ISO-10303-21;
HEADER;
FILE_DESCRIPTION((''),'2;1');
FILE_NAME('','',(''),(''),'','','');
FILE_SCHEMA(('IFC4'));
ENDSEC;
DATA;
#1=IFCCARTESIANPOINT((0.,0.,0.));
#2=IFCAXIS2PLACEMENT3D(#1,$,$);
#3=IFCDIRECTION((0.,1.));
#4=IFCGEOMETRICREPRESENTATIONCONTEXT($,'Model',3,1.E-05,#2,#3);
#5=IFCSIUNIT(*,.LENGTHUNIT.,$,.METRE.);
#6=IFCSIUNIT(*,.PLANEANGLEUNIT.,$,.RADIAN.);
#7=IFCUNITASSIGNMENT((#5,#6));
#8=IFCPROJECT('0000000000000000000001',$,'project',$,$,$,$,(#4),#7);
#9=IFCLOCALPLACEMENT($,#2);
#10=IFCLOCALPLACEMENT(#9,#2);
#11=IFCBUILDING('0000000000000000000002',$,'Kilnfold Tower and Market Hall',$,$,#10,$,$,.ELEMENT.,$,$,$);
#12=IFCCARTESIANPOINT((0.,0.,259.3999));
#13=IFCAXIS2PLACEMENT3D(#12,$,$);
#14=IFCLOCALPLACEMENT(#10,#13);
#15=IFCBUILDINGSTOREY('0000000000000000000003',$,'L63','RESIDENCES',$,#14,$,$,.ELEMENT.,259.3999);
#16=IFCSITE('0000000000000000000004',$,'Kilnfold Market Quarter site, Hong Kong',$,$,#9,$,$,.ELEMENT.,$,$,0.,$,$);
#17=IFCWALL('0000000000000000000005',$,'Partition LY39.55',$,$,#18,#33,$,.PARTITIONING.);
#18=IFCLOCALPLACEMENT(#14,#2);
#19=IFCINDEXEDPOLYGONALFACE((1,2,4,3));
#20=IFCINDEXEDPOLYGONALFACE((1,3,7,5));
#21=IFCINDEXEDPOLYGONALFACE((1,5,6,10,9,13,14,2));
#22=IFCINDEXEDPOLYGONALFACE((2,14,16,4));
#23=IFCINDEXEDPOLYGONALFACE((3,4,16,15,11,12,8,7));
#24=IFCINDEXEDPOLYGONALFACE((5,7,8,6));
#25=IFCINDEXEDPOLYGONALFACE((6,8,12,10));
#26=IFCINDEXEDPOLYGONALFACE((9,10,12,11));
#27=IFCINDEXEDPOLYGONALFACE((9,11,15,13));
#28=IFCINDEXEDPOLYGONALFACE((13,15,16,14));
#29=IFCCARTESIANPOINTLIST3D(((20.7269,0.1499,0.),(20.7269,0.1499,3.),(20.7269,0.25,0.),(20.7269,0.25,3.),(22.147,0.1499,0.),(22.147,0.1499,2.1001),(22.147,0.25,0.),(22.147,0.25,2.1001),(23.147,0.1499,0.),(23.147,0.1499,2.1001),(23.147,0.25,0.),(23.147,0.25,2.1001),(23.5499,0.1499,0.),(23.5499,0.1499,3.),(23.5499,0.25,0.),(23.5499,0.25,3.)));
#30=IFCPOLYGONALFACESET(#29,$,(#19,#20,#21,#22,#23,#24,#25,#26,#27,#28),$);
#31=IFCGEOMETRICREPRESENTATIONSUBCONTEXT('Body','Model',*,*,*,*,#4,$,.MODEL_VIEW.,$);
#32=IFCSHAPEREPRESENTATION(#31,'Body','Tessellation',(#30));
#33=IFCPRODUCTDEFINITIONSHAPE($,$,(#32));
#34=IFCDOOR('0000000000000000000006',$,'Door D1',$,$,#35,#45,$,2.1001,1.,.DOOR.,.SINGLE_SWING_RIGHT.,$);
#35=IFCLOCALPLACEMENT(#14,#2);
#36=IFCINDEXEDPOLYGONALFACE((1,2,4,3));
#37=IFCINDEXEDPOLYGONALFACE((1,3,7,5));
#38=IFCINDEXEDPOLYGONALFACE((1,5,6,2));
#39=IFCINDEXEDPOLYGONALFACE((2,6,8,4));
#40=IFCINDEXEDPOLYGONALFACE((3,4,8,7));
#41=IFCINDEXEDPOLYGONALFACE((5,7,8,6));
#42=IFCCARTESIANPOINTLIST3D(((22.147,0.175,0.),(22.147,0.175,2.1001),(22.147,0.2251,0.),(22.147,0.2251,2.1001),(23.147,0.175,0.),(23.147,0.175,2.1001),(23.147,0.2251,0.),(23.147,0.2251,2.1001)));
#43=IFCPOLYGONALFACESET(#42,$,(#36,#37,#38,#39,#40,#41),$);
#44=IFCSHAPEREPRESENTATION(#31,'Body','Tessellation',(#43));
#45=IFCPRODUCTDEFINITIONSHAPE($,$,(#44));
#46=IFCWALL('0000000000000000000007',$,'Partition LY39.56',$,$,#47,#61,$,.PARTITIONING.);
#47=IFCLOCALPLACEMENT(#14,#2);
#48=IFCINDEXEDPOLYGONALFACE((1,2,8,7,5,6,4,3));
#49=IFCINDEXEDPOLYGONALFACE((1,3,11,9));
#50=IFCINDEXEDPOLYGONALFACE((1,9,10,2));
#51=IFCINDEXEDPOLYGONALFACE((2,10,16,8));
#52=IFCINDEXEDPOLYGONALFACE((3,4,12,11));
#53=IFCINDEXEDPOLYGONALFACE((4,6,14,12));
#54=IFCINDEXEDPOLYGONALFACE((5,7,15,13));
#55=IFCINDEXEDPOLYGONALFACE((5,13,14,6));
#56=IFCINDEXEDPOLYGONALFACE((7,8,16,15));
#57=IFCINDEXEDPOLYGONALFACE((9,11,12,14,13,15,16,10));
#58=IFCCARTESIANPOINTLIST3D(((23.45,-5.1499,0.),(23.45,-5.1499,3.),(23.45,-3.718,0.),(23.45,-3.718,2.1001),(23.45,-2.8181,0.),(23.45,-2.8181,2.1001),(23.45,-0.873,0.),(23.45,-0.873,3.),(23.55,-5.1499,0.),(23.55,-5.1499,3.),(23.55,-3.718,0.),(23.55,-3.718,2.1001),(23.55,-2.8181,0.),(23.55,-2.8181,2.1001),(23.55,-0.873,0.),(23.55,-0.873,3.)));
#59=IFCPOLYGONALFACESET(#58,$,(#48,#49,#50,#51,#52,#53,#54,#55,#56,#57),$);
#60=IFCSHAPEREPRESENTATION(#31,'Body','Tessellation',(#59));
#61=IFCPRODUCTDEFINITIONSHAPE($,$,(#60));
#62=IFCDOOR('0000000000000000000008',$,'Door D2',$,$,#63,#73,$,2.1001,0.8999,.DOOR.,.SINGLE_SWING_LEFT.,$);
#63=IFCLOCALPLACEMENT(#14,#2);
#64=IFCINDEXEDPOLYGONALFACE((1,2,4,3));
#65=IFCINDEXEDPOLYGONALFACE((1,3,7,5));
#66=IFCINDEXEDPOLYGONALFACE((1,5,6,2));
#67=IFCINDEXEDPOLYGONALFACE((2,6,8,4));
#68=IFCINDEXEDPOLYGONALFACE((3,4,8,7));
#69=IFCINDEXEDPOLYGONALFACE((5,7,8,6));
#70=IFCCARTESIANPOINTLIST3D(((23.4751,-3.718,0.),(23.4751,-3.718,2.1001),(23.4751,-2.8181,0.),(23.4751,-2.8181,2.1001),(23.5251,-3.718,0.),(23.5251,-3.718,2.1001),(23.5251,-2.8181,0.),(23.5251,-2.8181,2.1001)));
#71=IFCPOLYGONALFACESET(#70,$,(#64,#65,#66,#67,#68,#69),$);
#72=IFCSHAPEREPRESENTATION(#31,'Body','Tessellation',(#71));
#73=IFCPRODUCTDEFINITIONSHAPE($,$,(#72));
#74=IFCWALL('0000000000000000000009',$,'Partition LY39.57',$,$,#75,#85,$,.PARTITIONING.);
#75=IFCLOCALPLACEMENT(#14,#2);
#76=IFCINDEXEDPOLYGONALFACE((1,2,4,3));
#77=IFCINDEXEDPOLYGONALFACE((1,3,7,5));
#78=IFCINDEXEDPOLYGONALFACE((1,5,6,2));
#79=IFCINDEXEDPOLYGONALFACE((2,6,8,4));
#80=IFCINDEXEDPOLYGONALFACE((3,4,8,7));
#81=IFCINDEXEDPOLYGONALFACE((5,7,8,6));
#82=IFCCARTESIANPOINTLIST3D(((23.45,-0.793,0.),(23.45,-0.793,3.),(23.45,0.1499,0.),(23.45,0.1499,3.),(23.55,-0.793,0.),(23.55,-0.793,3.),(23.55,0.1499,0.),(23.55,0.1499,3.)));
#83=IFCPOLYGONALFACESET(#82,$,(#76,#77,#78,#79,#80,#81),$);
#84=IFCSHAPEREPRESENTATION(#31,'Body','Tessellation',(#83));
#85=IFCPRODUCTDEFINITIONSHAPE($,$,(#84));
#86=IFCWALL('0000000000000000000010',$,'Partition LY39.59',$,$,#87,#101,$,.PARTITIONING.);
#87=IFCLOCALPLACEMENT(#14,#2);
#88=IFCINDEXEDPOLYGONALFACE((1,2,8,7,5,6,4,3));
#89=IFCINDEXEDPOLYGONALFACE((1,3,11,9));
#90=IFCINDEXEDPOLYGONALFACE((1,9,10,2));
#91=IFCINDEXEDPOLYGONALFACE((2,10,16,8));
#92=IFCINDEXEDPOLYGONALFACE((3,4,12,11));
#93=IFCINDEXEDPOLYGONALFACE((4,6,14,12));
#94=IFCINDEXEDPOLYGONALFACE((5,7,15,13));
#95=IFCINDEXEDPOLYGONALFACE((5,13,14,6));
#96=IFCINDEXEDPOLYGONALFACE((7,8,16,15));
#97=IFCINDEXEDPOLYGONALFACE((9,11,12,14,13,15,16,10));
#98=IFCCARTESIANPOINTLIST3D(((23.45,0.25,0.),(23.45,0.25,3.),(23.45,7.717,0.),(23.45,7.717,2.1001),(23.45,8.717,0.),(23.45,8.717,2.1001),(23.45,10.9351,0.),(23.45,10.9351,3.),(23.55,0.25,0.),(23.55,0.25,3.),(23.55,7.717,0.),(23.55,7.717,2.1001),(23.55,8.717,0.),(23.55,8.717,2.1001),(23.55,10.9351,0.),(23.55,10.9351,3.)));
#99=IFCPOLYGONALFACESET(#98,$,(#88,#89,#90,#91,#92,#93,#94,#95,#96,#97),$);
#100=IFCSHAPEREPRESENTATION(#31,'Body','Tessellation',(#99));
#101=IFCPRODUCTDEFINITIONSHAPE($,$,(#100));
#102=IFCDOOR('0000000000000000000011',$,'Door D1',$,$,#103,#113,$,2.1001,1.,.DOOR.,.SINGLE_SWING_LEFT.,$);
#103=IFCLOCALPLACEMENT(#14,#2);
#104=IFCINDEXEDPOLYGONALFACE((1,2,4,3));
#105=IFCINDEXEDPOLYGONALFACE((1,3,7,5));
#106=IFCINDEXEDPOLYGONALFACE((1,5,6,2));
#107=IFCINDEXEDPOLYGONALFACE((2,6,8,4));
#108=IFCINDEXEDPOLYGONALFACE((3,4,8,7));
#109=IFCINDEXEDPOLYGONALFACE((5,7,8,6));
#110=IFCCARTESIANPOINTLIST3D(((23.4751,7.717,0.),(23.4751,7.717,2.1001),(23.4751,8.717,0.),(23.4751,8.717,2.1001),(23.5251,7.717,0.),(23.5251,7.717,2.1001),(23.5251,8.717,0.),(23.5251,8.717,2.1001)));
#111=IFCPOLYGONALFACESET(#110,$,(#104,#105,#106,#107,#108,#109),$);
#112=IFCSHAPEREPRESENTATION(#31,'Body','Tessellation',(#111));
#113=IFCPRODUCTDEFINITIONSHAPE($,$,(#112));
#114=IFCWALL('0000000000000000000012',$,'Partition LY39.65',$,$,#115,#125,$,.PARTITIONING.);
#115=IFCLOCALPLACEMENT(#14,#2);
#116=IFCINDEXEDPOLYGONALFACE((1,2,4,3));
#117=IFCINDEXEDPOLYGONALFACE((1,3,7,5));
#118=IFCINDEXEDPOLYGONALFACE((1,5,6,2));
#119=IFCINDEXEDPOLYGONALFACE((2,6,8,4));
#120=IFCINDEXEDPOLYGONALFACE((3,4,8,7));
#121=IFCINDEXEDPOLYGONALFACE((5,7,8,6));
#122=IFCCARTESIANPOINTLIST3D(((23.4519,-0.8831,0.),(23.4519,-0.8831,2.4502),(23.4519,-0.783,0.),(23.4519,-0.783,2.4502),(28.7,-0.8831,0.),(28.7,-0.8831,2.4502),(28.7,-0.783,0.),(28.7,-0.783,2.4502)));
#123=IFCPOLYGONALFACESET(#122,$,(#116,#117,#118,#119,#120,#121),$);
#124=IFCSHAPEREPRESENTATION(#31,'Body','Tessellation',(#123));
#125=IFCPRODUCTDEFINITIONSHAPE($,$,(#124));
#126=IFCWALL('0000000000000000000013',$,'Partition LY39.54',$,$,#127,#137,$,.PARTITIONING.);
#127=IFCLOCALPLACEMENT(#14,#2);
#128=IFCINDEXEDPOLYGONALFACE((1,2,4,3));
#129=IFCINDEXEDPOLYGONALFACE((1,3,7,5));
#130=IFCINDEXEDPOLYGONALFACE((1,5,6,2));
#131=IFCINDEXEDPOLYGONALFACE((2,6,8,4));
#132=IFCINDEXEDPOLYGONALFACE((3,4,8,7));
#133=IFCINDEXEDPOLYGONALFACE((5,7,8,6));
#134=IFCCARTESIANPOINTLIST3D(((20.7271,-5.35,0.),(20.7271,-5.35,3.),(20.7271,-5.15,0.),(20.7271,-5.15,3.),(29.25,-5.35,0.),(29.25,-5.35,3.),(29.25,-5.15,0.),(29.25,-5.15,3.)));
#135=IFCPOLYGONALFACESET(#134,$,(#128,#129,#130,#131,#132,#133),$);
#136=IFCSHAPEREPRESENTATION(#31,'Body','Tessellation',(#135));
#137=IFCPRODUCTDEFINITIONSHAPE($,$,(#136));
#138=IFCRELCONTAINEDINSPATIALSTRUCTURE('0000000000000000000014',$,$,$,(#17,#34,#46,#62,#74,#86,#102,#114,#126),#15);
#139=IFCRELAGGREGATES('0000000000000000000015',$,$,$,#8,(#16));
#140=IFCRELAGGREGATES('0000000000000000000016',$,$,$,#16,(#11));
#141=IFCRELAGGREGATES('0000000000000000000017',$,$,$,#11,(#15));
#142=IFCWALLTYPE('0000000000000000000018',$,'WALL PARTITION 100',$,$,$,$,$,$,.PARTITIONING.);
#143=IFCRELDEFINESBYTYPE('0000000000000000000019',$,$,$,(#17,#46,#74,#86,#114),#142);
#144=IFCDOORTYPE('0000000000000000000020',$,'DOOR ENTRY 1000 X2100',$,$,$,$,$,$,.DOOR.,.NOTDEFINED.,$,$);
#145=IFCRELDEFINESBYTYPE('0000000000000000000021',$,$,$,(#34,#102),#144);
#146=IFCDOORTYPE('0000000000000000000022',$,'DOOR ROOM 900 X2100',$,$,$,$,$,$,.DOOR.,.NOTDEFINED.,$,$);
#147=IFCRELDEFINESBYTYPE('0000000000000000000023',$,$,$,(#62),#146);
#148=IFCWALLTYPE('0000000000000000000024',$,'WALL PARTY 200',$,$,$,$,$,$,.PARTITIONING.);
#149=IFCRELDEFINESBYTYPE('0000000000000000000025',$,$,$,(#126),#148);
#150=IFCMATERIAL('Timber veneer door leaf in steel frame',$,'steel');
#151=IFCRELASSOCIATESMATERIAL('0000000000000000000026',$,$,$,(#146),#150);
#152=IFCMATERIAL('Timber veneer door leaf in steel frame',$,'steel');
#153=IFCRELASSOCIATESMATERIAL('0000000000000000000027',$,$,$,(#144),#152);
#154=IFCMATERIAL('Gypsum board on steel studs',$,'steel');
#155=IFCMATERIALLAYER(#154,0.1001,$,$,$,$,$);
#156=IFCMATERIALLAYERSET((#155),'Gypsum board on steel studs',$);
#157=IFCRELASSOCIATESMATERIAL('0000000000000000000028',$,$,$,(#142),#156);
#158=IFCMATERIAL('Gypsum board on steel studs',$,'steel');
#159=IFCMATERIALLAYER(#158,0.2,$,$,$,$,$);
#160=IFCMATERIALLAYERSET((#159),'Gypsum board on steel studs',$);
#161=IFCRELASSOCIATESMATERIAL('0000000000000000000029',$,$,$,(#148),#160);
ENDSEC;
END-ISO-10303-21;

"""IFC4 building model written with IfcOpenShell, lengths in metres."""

from ifc_helpers import new_model, si_unit, direction, frame, frame_2d, origin, place, context, subcontext, project, spatial, rectangle, extrude, material, layer, layer_set, type_object, element, fill, save


model = new_model("IFC4")

# Units and contexts
model_context = context("Model", 3, precision=1e-05, world=origin(), true_north=direction((0.0, 1.0)))
body_context = subcontext(model_context, "Body", "Model", "MODEL_VIEW")
ifc_project = project(units=[si_unit("LENGTHUNIT", "METRE"), si_unit("PLANEANGLEUNIT", "RADIAN")], contexts=[model_context])

# Site, building, storey
site_placement = place(None, origin())
site = spatial("IfcSite", under=ifc_project, at=site_placement, Name="Kilnfold Market Quarter site, Hong Kong", CompositionType="ELEMENT", RefElevation=0.0)
building_placement = place(site_placement, origin())
building = spatial("IfcBuilding", under=site, at=building_placement, Name="Kilnfold Tower and Market Hall", CompositionType="ELEMENT")
storey_placement = place(building_placement, frame((0.0, 0.0, 259.3999)))
storey = spatial("IfcBuildingStorey", under=building, at=storey_placement, Name="L63", Description="RESIDENCES", CompositionType="ELEMENT", Elevation=259.3999)

# Shared definitions
ifc_material_1 = material(Name="Timber veneer door leaf in steel frame", Category="steel")
door_type_1 = type_object("IfcDoorType", Name="DOOR ROOM 900 X2100", OperationType="NOTDEFINED", PredefinedType="DOOR", material=ifc_material_1)

# Shared definitions
ifc_material_2 = material(Name="Timber veneer door leaf in steel frame", Category="steel")
door_type_2 = type_object("IfcDoorType", Name="DOOR ENTRY 1000 X2100", OperationType="NOTDEFINED", PredefinedType="DOOR", material=ifc_material_2)

# Walls, openings, doors
ifc_material_3 = material(Name="Gypsum board on steel studs", Category="steel")
ifc_layer_1 = layer(ifc_material_3, 0.1001)
ifc_layer_set_1 = layer_set([ifc_layer_1], Name="Gypsum board on steel studs")
wall_type_1 = type_object("IfcWallType", Name="WALL PARTITION 100", PredefinedType="PARTITIONING", material=ifc_layer_set_1)
wall_1_placement = place(storey_placement, frame((23.55, 0.2, 0.0), z_axis=(0.0, 0.0, 1.0), x_axis=(-1.0, 0.0, 0.0)))
wall_1 = element("IfcWall", 1, at=wall_1_placement, inside=storey, type_object=wall_type_1, Name="Partition LY39.55", PredefinedType="PARTITIONING", context=body_context, shape_type="SweptSolid", body=[
    extrude(rectangle(XDim=2.823, YDim=0.1001, at=frame_2d((1.4116, 0.0))), origin(), (0.0, 0.0, 1.0), 3.0),
])
opening_1_placement = place(wall_1_placement, frame((0.4031, 0.0, 0.0)))
opening_1 = element("IfcOpeningElement", 2, at=opening_1_placement, cuts=wall_1, PredefinedType="OPENING", context=body_context, shape_type="SweptSolid", body=[
    extrude(rectangle(XDim=1.0, YDim=2.1001, at=frame_2d((0.5, 1.05))), frame((0.0, 0.0601, 0.0), z_axis=(0.0, -1.0, 0.0), x_axis=(1.0, 0.0, 0.0)), (0.0, 0.0, 1.0), 0.1201),
])
door_1_placement = place(opening_1_placement, origin())
door_1 = element("IfcDoor", 3, at=door_1_placement, inside=storey, type_object=door_type_2, Name="Door D1", OperationType="SINGLE_SWING_RIGHT", OverallHeight=2.1001, OverallWidth=1.0, PredefinedType="DOOR", context=body_context, shape_type="SweptSolid", body=[
    extrude(rectangle(XDim=1.0, YDim=2.1001, at=frame_2d((0.5, 1.05))), frame((0.0, 0.0249, 0.0), z_axis=(0.0, -1.0, 0.0), x_axis=(1.0, 0.0, 0.0)), (0.0, 0.0, 1.0), 0.05),
])
fill(opening_1, door_1)
wall_2_placement = place(storey_placement, frame((23.5, -5.1499, 0.0), z_axis=(0.0, 0.0, 1.0), x_axis=(0.0, 1.0, 0.0)))
wall_2 = element("IfcWall", 4, at=wall_2_placement, inside=storey, type_object=wall_type_1, Name="Partition LY39.56", PredefinedType="PARTITIONING", context=body_context, shape_type="SweptSolid", body=[
    extrude(rectangle(XDim=4.2769, YDim=0.1001, at=frame_2d((2.1384, 0.0))), origin(), (0.0, 0.0, 1.0), 3.0),
])
opening_2_placement = place(wall_2_placement, frame((1.4319, 0.0, 0.0)))
opening_2 = element("IfcOpeningElement", 5, at=opening_2_placement, cuts=wall_2, PredefinedType="OPENING", context=body_context, shape_type="SweptSolid", body=[
    extrude(rectangle(XDim=0.8999, YDim=2.1001, at=frame_2d((0.45, 1.05))), frame((0.0, 0.0601, 0.0), z_axis=(0.0, -1.0, 0.0), x_axis=(1.0, 0.0, 0.0)), (0.0, 0.0, 1.0), 0.1201),
])
door_2_placement = place(opening_2_placement, origin())
door_2 = element("IfcDoor", 6, at=door_2_placement, inside=storey, type_object=door_type_1, Name="Door D2", OperationType="SINGLE_SWING_LEFT", OverallHeight=2.1001, OverallWidth=0.8999, PredefinedType="DOOR", context=body_context, shape_type="SweptSolid", body=[
    extrude(rectangle(XDim=0.8999, YDim=2.1001, at=frame_2d((0.45, 1.05))), frame((0.0, 0.0249, 0.0), z_axis=(0.0, -1.0, 0.0), x_axis=(1.0, 0.0, 0.0)), (0.0, 0.0, 1.0), 0.05),
])
fill(opening_2, door_2)

# Wall
wall_3_placement = place(storey_placement, frame((23.5, -0.793, 0.0), z_axis=(0.0, 0.0, 1.0), x_axis=(0.0, 1.0, 0.0)))
element("IfcWall", 7, at=wall_3_placement, inside=storey, type_object=wall_type_1, Name="Partition LY39.57", PredefinedType="PARTITIONING", context=body_context, shape_type="SweptSolid", body=[
    extrude(rectangle(XDim=0.9429, YDim=0.1001, at=frame_2d((0.4714, 0.0))), origin(), (0.0, 0.0, 1.0), 3.0),
])

# Wall, opening, door
wall_4_placement = place(storey_placement, frame((23.5, 0.25, 0.0), z_axis=(0.0, 0.0, 1.0), x_axis=(0.0, 1.0, 0.0)))
wall_4 = element("IfcWall", 8, at=wall_4_placement, inside=storey, type_object=wall_type_1, Name="Partition LY39.59", PredefinedType="PARTITIONING", context=body_context, shape_type="SweptSolid", body=[
    extrude(rectangle(XDim=10.6851, YDim=0.1001, at=frame_2d((5.3425, 0.0))), origin(), (0.0, 0.0, 1.0), 3.0),
])
opening_3_placement = place(wall_4_placement, frame((7.467, 0.0, 0.0)))
opening_3 = element("IfcOpeningElement", 9, at=opening_3_placement, cuts=wall_4, PredefinedType="OPENING", context=body_context, shape_type="SweptSolid", body=[
    extrude(rectangle(XDim=1.0, YDim=2.1001, at=frame_2d((0.5, 1.05))), frame((0.0, 0.0601, 0.0), z_axis=(0.0, -1.0, 0.0), x_axis=(1.0, 0.0, 0.0)), (0.0, 0.0, 1.0), 0.1201),
])
door_3_placement = place(opening_3_placement, origin())
door_3 = element("IfcDoor", 10, at=door_3_placement, inside=storey, type_object=door_type_2, Name="Door D1", OperationType="SINGLE_SWING_LEFT", OverallHeight=2.1001, OverallWidth=1.0, PredefinedType="DOOR", context=body_context, shape_type="SweptSolid", body=[
    extrude(rectangle(XDim=1.0, YDim=2.1001, at=frame_2d((0.5, 1.05))), frame((0.0, 0.0249, 0.0), z_axis=(0.0, -1.0, 0.0), x_axis=(1.0, 0.0, 0.0)), (0.0, 0.0, 1.0), 0.05),
])
fill(opening_3, door_3)

# Walls
wall_5_placement = place(storey_placement, frame((28.7, -0.833, 0.0), z_axis=(0.0, 0.0, 1.0), x_axis=(-1.0, 0.0, 0.0)))
element("IfcWall", 11, at=wall_5_placement, inside=storey, type_object=wall_type_1, Name="Partition LY39.65", PredefinedType="PARTITIONING", context=body_context, shape_type="SweptSolid", body=[
    extrude(rectangle(XDim=5.248, YDim=0.1001, at=frame_2d((2.624, 0.0))), origin(), (0.0, 0.0, 1.0), 2.4502),
])
ifc_material_4 = material(Name="Gypsum board on steel studs", Category="steel")
ifc_layer_2 = layer(ifc_material_4, 0.2)
ifc_layer_set_2 = layer_set([ifc_layer_2], Name="Gypsum board on steel studs")
wall_type_2 = type_object("IfcWallType", Name="WALL PARTY 200", PredefinedType="PARTITIONING", material=ifc_layer_set_2)
wall_6_placement = place(storey_placement, frame((20.7271, -5.25, 0.0), z_axis=(0.0, 0.0, 1.0), x_axis=(1.0, 0.0, 0.0)))
element("IfcWall", 12, at=wall_6_placement, inside=storey, type_object=wall_type_2, Name="Partition LY39.54", PredefinedType="PARTITIONING", context=body_context, shape_type="SweptSolid", body=[
    extrude(rectangle(XDim=8.5229, YDim=0.2, at=frame_2d((4.2615, 0.0))), origin(), (0.0, 0.0, 1.0), 3.0),
])

save(model, "model.ifc")
